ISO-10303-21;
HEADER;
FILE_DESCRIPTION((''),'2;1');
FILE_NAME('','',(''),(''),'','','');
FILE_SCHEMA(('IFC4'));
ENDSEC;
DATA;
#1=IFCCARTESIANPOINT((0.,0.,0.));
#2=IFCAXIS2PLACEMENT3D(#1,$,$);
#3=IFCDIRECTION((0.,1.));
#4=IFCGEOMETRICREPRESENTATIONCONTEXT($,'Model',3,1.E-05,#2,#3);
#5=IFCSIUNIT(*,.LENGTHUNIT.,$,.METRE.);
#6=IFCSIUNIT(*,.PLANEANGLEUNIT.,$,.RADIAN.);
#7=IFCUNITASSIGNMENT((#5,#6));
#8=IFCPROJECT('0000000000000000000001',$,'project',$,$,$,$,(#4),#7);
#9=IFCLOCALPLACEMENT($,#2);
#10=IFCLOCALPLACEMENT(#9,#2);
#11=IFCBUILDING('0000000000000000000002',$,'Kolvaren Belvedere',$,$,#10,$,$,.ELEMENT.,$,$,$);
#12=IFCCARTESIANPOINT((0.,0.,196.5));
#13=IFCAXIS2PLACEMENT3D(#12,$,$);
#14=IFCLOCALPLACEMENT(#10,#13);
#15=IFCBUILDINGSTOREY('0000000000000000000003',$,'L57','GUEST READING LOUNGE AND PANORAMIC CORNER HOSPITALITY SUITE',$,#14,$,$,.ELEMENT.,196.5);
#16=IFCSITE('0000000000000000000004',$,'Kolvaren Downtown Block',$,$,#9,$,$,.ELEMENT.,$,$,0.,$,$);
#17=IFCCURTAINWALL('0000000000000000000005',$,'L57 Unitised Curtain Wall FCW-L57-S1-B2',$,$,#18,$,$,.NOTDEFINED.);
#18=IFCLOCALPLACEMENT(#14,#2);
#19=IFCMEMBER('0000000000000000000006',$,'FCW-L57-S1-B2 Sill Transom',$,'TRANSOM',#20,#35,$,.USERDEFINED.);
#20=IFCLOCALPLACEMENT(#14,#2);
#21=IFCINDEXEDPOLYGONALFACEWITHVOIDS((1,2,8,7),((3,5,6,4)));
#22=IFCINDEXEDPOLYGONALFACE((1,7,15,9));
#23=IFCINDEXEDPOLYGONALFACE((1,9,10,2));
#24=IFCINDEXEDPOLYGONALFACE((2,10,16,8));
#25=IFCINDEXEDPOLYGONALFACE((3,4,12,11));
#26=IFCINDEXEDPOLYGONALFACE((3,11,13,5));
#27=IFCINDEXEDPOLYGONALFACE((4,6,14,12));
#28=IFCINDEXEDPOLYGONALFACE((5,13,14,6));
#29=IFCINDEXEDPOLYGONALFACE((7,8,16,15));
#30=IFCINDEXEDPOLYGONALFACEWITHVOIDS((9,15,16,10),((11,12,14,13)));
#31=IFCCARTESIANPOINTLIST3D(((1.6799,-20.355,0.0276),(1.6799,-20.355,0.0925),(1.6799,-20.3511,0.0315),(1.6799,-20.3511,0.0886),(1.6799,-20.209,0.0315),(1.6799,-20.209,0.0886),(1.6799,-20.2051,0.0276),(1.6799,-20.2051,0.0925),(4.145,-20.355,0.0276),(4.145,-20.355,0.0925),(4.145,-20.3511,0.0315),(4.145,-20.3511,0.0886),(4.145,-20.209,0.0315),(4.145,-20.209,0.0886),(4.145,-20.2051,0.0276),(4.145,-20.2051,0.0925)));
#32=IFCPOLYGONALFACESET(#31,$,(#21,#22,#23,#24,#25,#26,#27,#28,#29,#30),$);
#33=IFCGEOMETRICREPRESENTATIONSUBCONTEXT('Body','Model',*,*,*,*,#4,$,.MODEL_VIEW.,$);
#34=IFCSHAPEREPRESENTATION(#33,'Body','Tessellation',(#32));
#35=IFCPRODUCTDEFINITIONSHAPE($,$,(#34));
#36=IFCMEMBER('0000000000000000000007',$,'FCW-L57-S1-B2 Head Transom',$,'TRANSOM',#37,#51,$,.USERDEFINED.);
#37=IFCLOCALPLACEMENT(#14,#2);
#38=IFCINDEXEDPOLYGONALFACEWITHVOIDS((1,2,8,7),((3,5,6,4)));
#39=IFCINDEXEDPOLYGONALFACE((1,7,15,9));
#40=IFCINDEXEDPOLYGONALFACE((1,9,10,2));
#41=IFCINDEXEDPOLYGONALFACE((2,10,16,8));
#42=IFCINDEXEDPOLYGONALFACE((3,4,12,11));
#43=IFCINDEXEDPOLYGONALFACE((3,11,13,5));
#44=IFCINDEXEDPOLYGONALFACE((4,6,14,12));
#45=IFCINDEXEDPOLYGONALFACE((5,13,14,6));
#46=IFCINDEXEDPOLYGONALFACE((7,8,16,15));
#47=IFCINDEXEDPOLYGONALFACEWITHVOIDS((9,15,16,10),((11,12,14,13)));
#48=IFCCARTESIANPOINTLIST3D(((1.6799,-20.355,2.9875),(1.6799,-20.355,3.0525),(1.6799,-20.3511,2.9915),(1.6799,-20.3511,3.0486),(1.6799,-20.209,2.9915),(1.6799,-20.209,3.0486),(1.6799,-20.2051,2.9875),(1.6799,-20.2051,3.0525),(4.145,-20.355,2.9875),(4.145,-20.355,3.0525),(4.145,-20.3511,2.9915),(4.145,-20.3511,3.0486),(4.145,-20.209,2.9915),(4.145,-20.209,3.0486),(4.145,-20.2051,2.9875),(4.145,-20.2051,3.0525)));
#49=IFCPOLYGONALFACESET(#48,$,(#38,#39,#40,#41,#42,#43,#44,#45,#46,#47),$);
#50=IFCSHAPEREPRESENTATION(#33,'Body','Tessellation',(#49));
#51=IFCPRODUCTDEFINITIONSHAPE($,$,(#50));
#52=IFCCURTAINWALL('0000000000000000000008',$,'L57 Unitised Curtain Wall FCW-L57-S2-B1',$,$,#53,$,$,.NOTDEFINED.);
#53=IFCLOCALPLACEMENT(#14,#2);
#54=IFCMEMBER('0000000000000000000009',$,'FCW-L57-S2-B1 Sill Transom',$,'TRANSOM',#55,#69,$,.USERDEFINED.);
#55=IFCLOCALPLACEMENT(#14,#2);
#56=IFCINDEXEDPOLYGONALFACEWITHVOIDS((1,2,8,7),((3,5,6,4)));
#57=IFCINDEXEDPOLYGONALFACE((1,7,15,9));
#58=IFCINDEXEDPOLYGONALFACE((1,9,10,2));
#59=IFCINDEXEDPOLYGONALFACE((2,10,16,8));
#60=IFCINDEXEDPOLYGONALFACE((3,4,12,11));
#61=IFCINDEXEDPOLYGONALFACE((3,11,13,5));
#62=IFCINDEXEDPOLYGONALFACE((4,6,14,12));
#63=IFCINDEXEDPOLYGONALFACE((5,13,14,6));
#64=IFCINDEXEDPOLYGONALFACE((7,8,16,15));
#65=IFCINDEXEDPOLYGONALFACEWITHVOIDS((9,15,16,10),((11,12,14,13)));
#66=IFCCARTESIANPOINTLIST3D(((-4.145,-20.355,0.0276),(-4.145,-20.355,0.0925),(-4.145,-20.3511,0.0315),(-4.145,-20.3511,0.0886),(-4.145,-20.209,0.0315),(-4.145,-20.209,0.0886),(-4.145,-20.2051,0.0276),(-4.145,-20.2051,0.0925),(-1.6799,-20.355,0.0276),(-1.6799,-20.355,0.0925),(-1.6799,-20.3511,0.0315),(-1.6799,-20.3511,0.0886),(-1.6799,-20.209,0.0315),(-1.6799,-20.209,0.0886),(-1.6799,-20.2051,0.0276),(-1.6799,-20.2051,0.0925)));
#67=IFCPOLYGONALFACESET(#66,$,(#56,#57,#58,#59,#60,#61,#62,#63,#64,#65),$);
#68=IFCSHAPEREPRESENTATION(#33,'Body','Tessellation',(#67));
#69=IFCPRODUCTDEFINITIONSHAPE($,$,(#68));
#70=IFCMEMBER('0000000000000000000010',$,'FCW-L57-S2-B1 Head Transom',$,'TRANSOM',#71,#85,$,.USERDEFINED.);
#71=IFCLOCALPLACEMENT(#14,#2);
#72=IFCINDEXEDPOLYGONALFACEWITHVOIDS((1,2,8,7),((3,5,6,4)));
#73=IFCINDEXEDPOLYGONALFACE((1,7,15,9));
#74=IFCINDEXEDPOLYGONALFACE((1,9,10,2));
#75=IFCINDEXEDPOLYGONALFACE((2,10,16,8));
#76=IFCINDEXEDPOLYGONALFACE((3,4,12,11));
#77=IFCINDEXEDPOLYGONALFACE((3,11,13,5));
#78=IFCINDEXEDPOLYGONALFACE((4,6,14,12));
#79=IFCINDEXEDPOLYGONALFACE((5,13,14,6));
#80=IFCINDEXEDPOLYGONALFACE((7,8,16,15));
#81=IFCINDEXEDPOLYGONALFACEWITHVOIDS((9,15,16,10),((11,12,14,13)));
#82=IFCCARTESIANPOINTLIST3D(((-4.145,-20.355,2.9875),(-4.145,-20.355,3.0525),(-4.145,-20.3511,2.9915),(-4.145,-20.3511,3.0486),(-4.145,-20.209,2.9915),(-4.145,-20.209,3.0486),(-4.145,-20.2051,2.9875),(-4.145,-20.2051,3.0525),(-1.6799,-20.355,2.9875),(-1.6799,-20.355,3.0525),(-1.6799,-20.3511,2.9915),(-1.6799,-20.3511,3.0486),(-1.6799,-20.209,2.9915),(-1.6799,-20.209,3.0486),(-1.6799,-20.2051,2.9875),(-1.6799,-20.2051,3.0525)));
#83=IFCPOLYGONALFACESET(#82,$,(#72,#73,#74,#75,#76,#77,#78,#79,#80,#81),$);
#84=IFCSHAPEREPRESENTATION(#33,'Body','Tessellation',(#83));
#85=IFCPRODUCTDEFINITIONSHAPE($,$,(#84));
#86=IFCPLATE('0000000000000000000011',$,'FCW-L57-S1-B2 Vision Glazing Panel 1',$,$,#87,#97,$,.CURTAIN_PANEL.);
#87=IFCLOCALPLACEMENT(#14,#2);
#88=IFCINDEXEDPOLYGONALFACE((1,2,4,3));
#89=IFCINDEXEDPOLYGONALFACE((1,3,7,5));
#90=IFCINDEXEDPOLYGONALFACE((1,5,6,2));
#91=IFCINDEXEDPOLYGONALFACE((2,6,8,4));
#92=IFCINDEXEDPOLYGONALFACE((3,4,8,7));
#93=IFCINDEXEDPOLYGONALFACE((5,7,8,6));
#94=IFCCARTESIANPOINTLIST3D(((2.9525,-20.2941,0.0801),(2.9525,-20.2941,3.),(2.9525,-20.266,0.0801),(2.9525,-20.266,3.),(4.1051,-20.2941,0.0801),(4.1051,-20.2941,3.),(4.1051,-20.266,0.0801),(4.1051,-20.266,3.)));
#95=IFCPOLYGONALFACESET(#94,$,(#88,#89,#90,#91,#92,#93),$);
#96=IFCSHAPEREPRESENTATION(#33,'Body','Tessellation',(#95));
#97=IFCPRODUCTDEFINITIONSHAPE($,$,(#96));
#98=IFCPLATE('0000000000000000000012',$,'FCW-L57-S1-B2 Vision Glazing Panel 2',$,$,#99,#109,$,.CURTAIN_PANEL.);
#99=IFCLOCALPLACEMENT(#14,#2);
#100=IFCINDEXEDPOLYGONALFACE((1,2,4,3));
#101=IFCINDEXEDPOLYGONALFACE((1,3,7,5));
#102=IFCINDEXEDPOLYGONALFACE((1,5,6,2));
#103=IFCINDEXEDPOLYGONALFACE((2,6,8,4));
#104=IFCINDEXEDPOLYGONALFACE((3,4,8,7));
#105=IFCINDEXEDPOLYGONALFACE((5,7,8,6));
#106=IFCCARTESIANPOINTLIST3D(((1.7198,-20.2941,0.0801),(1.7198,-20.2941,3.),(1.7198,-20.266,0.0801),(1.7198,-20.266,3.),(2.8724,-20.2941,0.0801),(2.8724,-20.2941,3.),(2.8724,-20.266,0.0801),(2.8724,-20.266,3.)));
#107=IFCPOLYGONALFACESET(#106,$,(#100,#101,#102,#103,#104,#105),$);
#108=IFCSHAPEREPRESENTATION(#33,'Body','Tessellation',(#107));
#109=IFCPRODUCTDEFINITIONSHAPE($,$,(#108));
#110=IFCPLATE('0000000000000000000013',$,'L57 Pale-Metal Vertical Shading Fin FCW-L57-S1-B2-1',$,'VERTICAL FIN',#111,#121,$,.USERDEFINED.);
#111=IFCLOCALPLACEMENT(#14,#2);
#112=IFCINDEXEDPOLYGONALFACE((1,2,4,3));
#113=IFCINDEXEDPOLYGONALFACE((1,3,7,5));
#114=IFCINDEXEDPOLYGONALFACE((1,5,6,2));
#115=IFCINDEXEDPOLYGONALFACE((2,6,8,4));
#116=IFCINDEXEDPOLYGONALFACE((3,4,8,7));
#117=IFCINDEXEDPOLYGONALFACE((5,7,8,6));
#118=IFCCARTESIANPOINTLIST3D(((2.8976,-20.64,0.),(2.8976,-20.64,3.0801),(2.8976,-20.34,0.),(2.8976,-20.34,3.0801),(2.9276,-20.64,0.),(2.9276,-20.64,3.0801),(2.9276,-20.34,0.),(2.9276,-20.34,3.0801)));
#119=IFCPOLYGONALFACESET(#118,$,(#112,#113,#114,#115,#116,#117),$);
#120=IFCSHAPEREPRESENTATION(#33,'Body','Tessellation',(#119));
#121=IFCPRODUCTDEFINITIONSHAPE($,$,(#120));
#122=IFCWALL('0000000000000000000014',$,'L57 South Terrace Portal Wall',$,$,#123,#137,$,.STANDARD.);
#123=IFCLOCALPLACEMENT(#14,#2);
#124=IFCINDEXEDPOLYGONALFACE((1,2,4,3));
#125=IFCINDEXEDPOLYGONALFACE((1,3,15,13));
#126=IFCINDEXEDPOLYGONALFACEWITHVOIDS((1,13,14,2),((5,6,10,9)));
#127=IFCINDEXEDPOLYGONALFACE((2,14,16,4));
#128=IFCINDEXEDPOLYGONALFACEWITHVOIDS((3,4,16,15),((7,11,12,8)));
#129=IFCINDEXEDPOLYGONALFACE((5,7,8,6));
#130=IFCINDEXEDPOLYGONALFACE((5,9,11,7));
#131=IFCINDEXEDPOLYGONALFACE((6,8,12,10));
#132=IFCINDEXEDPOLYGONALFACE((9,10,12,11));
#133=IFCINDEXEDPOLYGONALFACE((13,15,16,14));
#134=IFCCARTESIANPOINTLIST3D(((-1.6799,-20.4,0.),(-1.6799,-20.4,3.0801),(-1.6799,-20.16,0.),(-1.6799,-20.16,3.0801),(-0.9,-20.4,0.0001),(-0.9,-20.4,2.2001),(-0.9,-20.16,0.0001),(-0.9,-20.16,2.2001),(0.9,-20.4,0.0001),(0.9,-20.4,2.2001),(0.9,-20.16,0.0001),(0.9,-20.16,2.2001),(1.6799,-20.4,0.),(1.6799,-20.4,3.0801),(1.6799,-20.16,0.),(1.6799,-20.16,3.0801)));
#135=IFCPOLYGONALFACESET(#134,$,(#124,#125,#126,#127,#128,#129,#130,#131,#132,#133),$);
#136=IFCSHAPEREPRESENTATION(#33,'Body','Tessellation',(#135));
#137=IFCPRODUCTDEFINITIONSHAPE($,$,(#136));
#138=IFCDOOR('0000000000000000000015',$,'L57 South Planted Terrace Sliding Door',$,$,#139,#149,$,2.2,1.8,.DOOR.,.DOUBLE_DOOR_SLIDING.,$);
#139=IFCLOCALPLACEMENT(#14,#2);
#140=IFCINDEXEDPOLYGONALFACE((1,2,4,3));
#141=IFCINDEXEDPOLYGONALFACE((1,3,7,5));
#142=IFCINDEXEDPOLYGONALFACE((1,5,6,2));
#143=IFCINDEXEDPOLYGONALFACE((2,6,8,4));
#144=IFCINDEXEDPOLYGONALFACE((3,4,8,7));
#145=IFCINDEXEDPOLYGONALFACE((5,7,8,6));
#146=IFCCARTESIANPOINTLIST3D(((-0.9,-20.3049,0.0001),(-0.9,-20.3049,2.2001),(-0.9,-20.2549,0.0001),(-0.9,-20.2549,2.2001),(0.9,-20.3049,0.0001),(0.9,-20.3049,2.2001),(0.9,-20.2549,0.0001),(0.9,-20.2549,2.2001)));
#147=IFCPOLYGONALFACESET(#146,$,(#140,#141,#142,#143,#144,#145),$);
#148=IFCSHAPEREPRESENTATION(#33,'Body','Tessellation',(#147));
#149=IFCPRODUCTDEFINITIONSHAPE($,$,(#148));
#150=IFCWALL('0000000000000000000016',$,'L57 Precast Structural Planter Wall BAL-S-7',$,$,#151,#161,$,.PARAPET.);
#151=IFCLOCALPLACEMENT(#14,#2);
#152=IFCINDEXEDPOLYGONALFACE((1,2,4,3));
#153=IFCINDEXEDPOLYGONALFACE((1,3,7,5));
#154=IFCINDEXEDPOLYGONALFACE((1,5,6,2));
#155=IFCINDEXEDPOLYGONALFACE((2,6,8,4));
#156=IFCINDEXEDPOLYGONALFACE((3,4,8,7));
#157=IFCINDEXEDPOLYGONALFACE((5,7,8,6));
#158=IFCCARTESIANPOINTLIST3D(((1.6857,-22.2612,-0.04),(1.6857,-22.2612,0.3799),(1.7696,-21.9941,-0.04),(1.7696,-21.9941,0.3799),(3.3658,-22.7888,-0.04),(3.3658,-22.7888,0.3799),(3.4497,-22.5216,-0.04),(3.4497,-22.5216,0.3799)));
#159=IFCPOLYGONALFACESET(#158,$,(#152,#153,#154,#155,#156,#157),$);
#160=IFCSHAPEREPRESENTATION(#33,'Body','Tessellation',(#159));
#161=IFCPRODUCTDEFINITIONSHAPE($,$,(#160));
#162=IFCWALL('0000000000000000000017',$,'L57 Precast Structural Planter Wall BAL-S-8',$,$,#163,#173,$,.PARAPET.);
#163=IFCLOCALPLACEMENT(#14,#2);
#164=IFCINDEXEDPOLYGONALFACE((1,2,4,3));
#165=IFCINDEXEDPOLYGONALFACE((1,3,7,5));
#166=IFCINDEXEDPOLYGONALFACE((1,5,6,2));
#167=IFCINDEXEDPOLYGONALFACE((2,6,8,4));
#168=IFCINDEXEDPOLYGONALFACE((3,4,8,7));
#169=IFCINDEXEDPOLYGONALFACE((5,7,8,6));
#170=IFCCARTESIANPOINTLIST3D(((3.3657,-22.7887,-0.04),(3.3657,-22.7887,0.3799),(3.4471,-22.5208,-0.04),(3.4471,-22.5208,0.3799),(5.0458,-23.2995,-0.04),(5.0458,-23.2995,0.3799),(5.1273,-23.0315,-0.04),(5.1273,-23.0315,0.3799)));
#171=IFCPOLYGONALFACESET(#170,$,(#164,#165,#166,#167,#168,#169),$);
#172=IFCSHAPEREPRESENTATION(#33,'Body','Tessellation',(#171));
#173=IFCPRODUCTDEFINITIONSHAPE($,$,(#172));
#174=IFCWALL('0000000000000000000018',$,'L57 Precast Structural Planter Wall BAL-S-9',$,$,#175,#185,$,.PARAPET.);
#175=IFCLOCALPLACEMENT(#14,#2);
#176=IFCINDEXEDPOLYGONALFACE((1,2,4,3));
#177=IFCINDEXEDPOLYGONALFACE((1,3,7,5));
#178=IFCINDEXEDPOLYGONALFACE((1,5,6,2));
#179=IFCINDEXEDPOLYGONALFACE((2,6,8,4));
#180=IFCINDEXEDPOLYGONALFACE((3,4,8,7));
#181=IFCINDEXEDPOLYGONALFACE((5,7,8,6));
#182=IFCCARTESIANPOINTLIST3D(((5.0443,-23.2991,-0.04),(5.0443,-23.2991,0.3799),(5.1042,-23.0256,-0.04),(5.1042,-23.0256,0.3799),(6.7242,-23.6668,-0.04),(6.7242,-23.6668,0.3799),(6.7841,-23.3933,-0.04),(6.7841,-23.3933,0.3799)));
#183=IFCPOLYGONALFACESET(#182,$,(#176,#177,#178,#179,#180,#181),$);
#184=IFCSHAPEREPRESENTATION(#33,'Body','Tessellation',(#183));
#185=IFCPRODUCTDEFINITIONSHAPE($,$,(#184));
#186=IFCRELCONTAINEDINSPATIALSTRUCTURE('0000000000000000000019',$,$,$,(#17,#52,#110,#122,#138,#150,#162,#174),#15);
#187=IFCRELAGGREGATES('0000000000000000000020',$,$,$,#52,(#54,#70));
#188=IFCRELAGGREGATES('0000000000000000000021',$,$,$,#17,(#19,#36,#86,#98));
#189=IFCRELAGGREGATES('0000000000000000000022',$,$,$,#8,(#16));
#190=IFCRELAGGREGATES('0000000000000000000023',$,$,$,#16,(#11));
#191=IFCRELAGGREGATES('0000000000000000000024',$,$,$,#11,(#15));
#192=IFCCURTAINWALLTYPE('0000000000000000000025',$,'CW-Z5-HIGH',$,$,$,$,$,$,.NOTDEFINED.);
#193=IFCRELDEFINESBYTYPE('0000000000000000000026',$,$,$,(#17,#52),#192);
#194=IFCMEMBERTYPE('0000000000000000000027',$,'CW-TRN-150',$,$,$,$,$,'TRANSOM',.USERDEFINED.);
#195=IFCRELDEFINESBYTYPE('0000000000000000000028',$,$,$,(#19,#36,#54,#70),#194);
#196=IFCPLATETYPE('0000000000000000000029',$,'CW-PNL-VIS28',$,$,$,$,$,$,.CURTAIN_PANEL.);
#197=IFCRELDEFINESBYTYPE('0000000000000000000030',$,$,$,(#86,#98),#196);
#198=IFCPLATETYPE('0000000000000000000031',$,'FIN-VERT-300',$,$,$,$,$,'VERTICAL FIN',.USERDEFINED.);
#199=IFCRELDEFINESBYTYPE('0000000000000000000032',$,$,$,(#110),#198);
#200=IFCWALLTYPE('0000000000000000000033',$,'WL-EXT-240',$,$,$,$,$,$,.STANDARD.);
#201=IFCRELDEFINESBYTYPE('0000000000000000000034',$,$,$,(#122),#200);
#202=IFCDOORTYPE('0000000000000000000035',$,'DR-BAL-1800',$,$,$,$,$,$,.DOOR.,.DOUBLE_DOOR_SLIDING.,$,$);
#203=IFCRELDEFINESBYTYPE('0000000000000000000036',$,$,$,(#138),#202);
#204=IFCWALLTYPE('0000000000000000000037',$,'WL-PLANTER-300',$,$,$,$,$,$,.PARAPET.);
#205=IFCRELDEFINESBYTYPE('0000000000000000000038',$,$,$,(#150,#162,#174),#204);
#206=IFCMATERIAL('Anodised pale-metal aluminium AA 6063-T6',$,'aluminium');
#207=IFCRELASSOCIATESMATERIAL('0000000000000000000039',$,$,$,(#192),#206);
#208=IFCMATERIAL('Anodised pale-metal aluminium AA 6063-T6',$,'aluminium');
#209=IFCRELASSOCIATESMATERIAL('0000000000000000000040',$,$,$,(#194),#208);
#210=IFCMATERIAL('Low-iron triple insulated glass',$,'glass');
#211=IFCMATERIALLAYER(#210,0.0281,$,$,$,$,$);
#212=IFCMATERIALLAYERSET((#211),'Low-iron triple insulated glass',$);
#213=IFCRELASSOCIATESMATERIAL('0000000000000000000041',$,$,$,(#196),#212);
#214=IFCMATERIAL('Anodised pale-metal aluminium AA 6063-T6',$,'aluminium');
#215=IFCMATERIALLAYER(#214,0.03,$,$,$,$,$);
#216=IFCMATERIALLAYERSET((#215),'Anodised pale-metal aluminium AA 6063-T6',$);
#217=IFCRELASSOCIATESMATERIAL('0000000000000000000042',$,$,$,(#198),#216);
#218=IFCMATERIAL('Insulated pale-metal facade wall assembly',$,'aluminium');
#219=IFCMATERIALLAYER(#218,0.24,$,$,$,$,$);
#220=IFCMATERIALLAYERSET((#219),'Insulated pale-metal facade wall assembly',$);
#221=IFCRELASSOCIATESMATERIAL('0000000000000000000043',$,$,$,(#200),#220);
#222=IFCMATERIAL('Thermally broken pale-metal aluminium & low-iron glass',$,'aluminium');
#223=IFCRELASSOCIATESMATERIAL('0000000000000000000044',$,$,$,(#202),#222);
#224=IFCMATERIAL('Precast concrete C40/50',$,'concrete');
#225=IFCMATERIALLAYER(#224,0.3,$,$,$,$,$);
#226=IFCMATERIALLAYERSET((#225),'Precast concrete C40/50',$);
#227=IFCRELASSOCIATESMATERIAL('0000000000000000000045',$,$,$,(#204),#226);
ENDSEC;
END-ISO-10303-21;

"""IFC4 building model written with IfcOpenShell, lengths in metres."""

from ifc_helpers import new_model, si_unit, direction, frame, frame_2d, origin, origin_2d, place, context, subcontext, project, spatial, rectangle, hollow_rectangle, extrude, material, layer, layer_set, material_profile, profile_set, type_object, element, fill, aggregate, save


model = new_model("IFC4")

# Units and contexts
model_context = context("Model", 3, precision=1e-05, world=origin(), true_north=direction((0.0, 1.0)))
body_context = subcontext(model_context, "Body", "Model", "MODEL_VIEW")
ifc_project = project(units=[si_unit("LENGTHUNIT", "METRE"), si_unit("PLANEANGLEUNIT", "RADIAN")], contexts=[model_context])

# Site, building, storey
site_placement = place(None, origin())
site = spatial("IfcSite", under=ifc_project, at=site_placement, Name="Kolvaren Downtown Block", CompositionType="ELEMENT", RefElevation=0.0)
building_placement = place(site_placement, origin())
building = spatial("IfcBuilding", under=site, at=building_placement, Name="Kolvaren Belvedere", CompositionType="ELEMENT")
storey_placement = place(building_placement, frame((0.0, 0.0, 196.5)))
storey = spatial("IfcBuildingStorey", under=building, at=storey_placement, Name="L57", Description="GUEST READING LOUNGE AND PANORAMIC CORNER HOSPITALITY SUITE", CompositionType="ELEMENT", Elevation=196.5)

# Shared definitions
ifc_material_1 = material(Name="Anodised pale-metal aluminium AA 6063-T6", Category="aluminium")
curtain_wall_type = type_object("IfcCurtainWallType", Name="CW-Z5-HIGH", PredefinedType="NOTDEFINED", material=ifc_material_1)

# Curtain walls, members
curtain_wall_1_placement = place(storey_placement, origin())
curtain_wall_1 = element("IfcCurtainWall", 1, at=curtain_wall_1_placement, inside=storey, type_object=curtain_wall_type, Name="L57 Unitised Curtain Wall FCW-L57-S1-B2", PredefinedType="NOTDEFINED")
ifc_material_2 = material(Name="Anodised pale-metal aluminium AA 6063-T6", Category="aluminium")
ifc_material_profile_1 = material_profile(ifc_material_2, hollow_rectangle(XDim=0.0649, YDim=0.1499, WallThickness=0.0039, at=origin_2d()), Name="ALU-TRN-150X65")
ifc_profile_set_1 = profile_set([ifc_material_profile_1], Name="Anodised pale-metal aluminium AA 6063-T6")
member_type_1 = type_object("IfcMemberType", Name="CW-TRN-150", ElementType="TRANSOM", PredefinedType="USERDEFINED", material=ifc_profile_set_1)
member_1_placement = place(storey_placement, frame((4.145, -20.28, 0.0601), z_axis=(-1.0, 0.0, 0.0), x_axis=(0.0, 0.0, 1.0)))
member_1 = element("IfcMember", 2, at=member_1_placement, type_object=member_type_1, Name="FCW-L57-S1-B2 Sill Transom", ObjectType="TRANSOM", PredefinedType="USERDEFINED", context=body_context, shape_type="SweptSolid", body=[
    extrude(hollow_rectangle(XDim=0.0649, YDim=0.1499, WallThickness=0.0039, at=origin_2d()), origin(), (0.0, 0.0, 1.0), 2.4651),
])
member_2_placement = place(storey_placement, frame((4.145, -20.28, 3.02), z_axis=(-1.0, 0.0, 0.0), x_axis=(0.0, 0.0, 1.0)))
member_2 = element("IfcMember", 3, at=member_2_placement, type_object=member_type_1, Name="FCW-L57-S1-B2 Head Transom", ObjectType="TRANSOM", PredefinedType="USERDEFINED", context=body_context, shape_type="SweptSolid", body=[
    extrude(hollow_rectangle(XDim=0.0649, YDim=0.1499, WallThickness=0.0039, at=origin_2d()), origin(), (0.0, 0.0, 1.0), 2.4651),
])
curtain_wall_2_placement = place(storey_placement, origin())
curtain_wall_2 = element("IfcCurtainWall", 4, at=curtain_wall_2_placement, inside=storey, type_object=curtain_wall_type, Name="L57 Unitised Curtain Wall FCW-L57-S2-B1", PredefinedType="NOTDEFINED")
member_3_placement = place(storey_placement, frame((-1.6799, -20.28, 0.0601), z_axis=(-1.0, 0.0, 0.0), x_axis=(0.0, 0.0, 1.0)))
member_3 = element("IfcMember", 5, at=member_3_placement, type_object=member_type_1, Name="FCW-L57-S2-B1 Sill Transom", ObjectType="TRANSOM", PredefinedType="USERDEFINED", context=body_context, shape_type="SweptSolid", body=[
    extrude(hollow_rectangle(XDim=0.0649, YDim=0.1499, WallThickness=0.0039, at=origin_2d()), origin(), (0.0, 0.0, 1.0), 2.4651),
])
member_4_placement = place(storey_placement, frame((-1.6799, -20.28, 3.02), z_axis=(-1.0, 0.0, 0.0), x_axis=(0.0, 0.0, 1.0)))
member_4 = element("IfcMember", 6, at=member_4_placement, type_object=member_type_1, Name="FCW-L57-S2-B1 Head Transom", ObjectType="TRANSOM", PredefinedType="USERDEFINED", context=body_context, shape_type="SweptSolid", body=[
    extrude(hollow_rectangle(XDim=0.0649, YDim=0.1499, WallThickness=0.0039, at=origin_2d()), origin(), (0.0, 0.0, 1.0), 2.4651),
])
aggregate(curtain_wall_2, [member_3, member_4])

# Plates
ifc_material_3 = material(Name="Low-iron triple insulated glass", Category="glass")
ifc_layer_1 = layer(ifc_material_3, 0.0281)
ifc_layer_set_1 = layer_set([ifc_layer_1], Name="Low-iron triple insulated glass")
plate_type_1 = type_object("IfcPlateType", Name="CW-PNL-VIS28", PredefinedType="CURTAIN_PANEL", material=ifc_layer_set_1)
plate_1_placement = place(storey_placement, frame((3.5288, -20.28, 0.0801), z_axis=(0.0, 0.0, 1.0), x_axis=(-1.0, 0.0, 0.0)))
plate_1 = element("IfcPlate", 7, at=plate_1_placement, type_object=plate_type_1, Name="FCW-L57-S1-B2 Vision Glazing Panel 1", PredefinedType="CURTAIN_PANEL", context=body_context, shape_type="SweptSolid", body=[
    extrude(rectangle(XDim=1.1526, YDim=0.0281, at=origin_2d()), origin(), (0.0, 0.0, 1.0), 2.9199),
])
plate_2_placement = place(storey_placement, frame((2.2961, -20.28, 0.0801), z_axis=(0.0, 0.0, 1.0), x_axis=(-1.0, 0.0, 0.0)))
plate_2 = element("IfcPlate", 8, at=plate_2_placement, type_object=plate_type_1, Name="FCW-L57-S1-B2 Vision Glazing Panel 2", PredefinedType="CURTAIN_PANEL", context=body_context, shape_type="SweptSolid", body=[
    extrude(rectangle(XDim=1.1526, YDim=0.0281, at=origin_2d()), origin(), (0.0, 0.0, 1.0), 2.9199),
])
aggregate(curtain_wall_1, [member_1, member_2, plate_1, plate_2])
ifc_material_4 = material(Name="Anodised pale-metal aluminium AA 6063-T6", Category="aluminium")
ifc_layer_2 = layer(ifc_material_4, 0.03)
ifc_layer_set_2 = layer_set([ifc_layer_2], Name="Anodised pale-metal aluminium AA 6063-T6")
plate_type_2 = type_object("IfcPlateType", Name="FIN-VERT-300", ElementType="VERTICAL FIN", PredefinedType="USERDEFINED", material=ifc_layer_set_2)
plate_3_placement = place(storey_placement, frame((2.9126, -20.49, 0.0), z_axis=(0.0, 0.0, 1.0), x_axis=(0.0, 1.0, 0.0)))
element("IfcPlate", 9, at=plate_3_placement, inside=storey, type_object=plate_type_2, Name="L57 Pale-Metal Vertical Shading Fin FCW-L57-S1-B2-1", ObjectType="VERTICAL FIN", PredefinedType="USERDEFINED", context=body_context, shape_type="SweptSolid", body=[
    extrude(rectangle(XDim=0.3, YDim=0.03, at=origin_2d()), origin(), (0.0, 0.0, 1.0), 3.0801),
])

# Wall, opening, door
ifc_material_5 = material(Name="Insulated pale-metal facade wall assembly", Category="aluminium")
ifc_layer_3 = layer(ifc_material_5, 0.24)
ifc_layer_set_3 = layer_set([ifc_layer_3], Name="Insulated pale-metal facade wall assembly")
wall_type_1 = type_object("IfcWallType", Name="WL-EXT-240", PredefinedType="STANDARD", material=ifc_layer_set_3)
wall_1_placement = place(storey_placement, frame((1.6799, -20.28, 0.0), z_axis=(0.0, 0.0, 1.0), x_axis=(-1.0, 0.0, 0.0)))
wall_1 = element("IfcWall", 10, at=wall_1_placement, inside=storey, type_object=wall_type_1, Name="L57 South Terrace Portal Wall", PredefinedType="STANDARD", context=body_context, shape_type="SweptSolid", body=[
    extrude(rectangle(XDim=3.3599, YDim=0.24, at=frame_2d((1.6799, 0.0))), origin(), (0.0, 0.0, 1.0), 3.0801),
])
opening_placement = place(wall_1_placement, frame((0.78, 0.0, 0.0)))
opening = element("IfcOpeningElement", 11, at=opening_placement, cuts=wall_1, PredefinedType="OPENING", context=body_context, shape_type="SweptSolid", body=[
    extrude(rectangle(XDim=1.8, YDim=2.2, at=frame_2d((0.8999, 1.1001))), frame((0.0, 0.1299, 0.0), z_axis=(0.0, -1.0, 0.0), x_axis=(1.0, 0.0, 0.0)), (0.0, 0.0, 1.0), 0.26),
])
ifc_material_6 = material(Name="Thermally broken pale-metal aluminium & low-iron glass", Category="aluminium")
door_type = type_object("IfcDoorType", Name="DR-BAL-1800", OperationType="DOUBLE_DOOR_SLIDING", PredefinedType="DOOR", material=ifc_material_6)
door_placement = place(opening_placement, origin())
door = element("IfcDoor", 12, at=door_placement, inside=storey, type_object=door_type, Name="L57 South Planted Terrace Sliding Door", OperationType="DOUBLE_DOOR_SLIDING", OverallHeight=2.2, OverallWidth=1.8, PredefinedType="DOOR", context=body_context, shape_type="SweptSolid", body=[
    extrude(rectangle(XDim=1.8, YDim=2.2, at=frame_2d((0.8999, 1.1001))), frame((0.0, 0.0249, 0.0), z_axis=(0.0, -1.0, 0.0), x_axis=(1.0, 0.0, 0.0)), (0.0, 0.0, 1.0), 0.05),
])
fill(opening, door)

# Walls
ifc_material_7 = material(Name="Precast concrete C40/50", Category="concrete")
ifc_layer_4 = layer(ifc_material_7, 0.3)
ifc_layer_set_4 = layer_set([ifc_layer_4], Name="Precast concrete C40/50")
wall_type_2 = type_object("IfcWallType", Name="WL-PLANTER-300", PredefinedType="PARAPET", material=ifc_layer_set_4)
wall_2_placement = place(storey_placement, frame((1.7278, -22.1277, -0.04), z_axis=(0.0, 0.0, 1.0), x_axis=(0.95407, -0.299585, 0.0)))
element("IfcWall", 13, at=wall_2_placement, inside=storey, type_object=wall_type_2, Name="L57 Precast Structural Planter Wall BAL-S-7", PredefinedType="PARAPET", context=body_context, shape_type="SweptSolid", body=[
    extrude(rectangle(XDim=1.761, YDim=0.28, at=frame_2d((0.8804, 0.0))), origin(), (0.0, 0.0, 1.0), 0.4199),
])
wall_3_placement = place(storey_placement, frame((3.4065, -22.6548, -0.04), z_axis=(0.0, 0.0, 1.0), x_axis=(0.956771, -0.290841, 0.0)))
element("IfcWall", 14, at=wall_3_placement, inside=storey, type_object=wall_type_2, Name="L57 Precast Structural Planter Wall BAL-S-8", PredefinedType="PARAPET", context=body_context, shape_type="SweptSolid", body=[
    extrude(rectangle(XDim=1.7561, YDim=0.28, at=frame_2d((0.8779, 0.0))), origin(), (0.0, 0.0, 1.0), 0.4199),
])
wall_4_placement = place(storey_placement, frame((5.0742, -23.1624, -0.04), z_axis=(0.0, 0.0, 1.0), x_axis=(0.976877, -0.213803, 0.0)))
element("IfcWall", 15, at=wall_4_placement, inside=storey, type_object=wall_type_2, Name="L57 Precast Structural Planter Wall BAL-S-9", PredefinedType="PARAPET", context=body_context, shape_type="SweptSolid", body=[
    extrude(rectangle(XDim=1.7197, YDim=0.28, at=frame_2d((0.8599, 0.0))), origin(), (0.0, 0.0, 1.0), 0.4199),
])

save(model, "model.ifc")
